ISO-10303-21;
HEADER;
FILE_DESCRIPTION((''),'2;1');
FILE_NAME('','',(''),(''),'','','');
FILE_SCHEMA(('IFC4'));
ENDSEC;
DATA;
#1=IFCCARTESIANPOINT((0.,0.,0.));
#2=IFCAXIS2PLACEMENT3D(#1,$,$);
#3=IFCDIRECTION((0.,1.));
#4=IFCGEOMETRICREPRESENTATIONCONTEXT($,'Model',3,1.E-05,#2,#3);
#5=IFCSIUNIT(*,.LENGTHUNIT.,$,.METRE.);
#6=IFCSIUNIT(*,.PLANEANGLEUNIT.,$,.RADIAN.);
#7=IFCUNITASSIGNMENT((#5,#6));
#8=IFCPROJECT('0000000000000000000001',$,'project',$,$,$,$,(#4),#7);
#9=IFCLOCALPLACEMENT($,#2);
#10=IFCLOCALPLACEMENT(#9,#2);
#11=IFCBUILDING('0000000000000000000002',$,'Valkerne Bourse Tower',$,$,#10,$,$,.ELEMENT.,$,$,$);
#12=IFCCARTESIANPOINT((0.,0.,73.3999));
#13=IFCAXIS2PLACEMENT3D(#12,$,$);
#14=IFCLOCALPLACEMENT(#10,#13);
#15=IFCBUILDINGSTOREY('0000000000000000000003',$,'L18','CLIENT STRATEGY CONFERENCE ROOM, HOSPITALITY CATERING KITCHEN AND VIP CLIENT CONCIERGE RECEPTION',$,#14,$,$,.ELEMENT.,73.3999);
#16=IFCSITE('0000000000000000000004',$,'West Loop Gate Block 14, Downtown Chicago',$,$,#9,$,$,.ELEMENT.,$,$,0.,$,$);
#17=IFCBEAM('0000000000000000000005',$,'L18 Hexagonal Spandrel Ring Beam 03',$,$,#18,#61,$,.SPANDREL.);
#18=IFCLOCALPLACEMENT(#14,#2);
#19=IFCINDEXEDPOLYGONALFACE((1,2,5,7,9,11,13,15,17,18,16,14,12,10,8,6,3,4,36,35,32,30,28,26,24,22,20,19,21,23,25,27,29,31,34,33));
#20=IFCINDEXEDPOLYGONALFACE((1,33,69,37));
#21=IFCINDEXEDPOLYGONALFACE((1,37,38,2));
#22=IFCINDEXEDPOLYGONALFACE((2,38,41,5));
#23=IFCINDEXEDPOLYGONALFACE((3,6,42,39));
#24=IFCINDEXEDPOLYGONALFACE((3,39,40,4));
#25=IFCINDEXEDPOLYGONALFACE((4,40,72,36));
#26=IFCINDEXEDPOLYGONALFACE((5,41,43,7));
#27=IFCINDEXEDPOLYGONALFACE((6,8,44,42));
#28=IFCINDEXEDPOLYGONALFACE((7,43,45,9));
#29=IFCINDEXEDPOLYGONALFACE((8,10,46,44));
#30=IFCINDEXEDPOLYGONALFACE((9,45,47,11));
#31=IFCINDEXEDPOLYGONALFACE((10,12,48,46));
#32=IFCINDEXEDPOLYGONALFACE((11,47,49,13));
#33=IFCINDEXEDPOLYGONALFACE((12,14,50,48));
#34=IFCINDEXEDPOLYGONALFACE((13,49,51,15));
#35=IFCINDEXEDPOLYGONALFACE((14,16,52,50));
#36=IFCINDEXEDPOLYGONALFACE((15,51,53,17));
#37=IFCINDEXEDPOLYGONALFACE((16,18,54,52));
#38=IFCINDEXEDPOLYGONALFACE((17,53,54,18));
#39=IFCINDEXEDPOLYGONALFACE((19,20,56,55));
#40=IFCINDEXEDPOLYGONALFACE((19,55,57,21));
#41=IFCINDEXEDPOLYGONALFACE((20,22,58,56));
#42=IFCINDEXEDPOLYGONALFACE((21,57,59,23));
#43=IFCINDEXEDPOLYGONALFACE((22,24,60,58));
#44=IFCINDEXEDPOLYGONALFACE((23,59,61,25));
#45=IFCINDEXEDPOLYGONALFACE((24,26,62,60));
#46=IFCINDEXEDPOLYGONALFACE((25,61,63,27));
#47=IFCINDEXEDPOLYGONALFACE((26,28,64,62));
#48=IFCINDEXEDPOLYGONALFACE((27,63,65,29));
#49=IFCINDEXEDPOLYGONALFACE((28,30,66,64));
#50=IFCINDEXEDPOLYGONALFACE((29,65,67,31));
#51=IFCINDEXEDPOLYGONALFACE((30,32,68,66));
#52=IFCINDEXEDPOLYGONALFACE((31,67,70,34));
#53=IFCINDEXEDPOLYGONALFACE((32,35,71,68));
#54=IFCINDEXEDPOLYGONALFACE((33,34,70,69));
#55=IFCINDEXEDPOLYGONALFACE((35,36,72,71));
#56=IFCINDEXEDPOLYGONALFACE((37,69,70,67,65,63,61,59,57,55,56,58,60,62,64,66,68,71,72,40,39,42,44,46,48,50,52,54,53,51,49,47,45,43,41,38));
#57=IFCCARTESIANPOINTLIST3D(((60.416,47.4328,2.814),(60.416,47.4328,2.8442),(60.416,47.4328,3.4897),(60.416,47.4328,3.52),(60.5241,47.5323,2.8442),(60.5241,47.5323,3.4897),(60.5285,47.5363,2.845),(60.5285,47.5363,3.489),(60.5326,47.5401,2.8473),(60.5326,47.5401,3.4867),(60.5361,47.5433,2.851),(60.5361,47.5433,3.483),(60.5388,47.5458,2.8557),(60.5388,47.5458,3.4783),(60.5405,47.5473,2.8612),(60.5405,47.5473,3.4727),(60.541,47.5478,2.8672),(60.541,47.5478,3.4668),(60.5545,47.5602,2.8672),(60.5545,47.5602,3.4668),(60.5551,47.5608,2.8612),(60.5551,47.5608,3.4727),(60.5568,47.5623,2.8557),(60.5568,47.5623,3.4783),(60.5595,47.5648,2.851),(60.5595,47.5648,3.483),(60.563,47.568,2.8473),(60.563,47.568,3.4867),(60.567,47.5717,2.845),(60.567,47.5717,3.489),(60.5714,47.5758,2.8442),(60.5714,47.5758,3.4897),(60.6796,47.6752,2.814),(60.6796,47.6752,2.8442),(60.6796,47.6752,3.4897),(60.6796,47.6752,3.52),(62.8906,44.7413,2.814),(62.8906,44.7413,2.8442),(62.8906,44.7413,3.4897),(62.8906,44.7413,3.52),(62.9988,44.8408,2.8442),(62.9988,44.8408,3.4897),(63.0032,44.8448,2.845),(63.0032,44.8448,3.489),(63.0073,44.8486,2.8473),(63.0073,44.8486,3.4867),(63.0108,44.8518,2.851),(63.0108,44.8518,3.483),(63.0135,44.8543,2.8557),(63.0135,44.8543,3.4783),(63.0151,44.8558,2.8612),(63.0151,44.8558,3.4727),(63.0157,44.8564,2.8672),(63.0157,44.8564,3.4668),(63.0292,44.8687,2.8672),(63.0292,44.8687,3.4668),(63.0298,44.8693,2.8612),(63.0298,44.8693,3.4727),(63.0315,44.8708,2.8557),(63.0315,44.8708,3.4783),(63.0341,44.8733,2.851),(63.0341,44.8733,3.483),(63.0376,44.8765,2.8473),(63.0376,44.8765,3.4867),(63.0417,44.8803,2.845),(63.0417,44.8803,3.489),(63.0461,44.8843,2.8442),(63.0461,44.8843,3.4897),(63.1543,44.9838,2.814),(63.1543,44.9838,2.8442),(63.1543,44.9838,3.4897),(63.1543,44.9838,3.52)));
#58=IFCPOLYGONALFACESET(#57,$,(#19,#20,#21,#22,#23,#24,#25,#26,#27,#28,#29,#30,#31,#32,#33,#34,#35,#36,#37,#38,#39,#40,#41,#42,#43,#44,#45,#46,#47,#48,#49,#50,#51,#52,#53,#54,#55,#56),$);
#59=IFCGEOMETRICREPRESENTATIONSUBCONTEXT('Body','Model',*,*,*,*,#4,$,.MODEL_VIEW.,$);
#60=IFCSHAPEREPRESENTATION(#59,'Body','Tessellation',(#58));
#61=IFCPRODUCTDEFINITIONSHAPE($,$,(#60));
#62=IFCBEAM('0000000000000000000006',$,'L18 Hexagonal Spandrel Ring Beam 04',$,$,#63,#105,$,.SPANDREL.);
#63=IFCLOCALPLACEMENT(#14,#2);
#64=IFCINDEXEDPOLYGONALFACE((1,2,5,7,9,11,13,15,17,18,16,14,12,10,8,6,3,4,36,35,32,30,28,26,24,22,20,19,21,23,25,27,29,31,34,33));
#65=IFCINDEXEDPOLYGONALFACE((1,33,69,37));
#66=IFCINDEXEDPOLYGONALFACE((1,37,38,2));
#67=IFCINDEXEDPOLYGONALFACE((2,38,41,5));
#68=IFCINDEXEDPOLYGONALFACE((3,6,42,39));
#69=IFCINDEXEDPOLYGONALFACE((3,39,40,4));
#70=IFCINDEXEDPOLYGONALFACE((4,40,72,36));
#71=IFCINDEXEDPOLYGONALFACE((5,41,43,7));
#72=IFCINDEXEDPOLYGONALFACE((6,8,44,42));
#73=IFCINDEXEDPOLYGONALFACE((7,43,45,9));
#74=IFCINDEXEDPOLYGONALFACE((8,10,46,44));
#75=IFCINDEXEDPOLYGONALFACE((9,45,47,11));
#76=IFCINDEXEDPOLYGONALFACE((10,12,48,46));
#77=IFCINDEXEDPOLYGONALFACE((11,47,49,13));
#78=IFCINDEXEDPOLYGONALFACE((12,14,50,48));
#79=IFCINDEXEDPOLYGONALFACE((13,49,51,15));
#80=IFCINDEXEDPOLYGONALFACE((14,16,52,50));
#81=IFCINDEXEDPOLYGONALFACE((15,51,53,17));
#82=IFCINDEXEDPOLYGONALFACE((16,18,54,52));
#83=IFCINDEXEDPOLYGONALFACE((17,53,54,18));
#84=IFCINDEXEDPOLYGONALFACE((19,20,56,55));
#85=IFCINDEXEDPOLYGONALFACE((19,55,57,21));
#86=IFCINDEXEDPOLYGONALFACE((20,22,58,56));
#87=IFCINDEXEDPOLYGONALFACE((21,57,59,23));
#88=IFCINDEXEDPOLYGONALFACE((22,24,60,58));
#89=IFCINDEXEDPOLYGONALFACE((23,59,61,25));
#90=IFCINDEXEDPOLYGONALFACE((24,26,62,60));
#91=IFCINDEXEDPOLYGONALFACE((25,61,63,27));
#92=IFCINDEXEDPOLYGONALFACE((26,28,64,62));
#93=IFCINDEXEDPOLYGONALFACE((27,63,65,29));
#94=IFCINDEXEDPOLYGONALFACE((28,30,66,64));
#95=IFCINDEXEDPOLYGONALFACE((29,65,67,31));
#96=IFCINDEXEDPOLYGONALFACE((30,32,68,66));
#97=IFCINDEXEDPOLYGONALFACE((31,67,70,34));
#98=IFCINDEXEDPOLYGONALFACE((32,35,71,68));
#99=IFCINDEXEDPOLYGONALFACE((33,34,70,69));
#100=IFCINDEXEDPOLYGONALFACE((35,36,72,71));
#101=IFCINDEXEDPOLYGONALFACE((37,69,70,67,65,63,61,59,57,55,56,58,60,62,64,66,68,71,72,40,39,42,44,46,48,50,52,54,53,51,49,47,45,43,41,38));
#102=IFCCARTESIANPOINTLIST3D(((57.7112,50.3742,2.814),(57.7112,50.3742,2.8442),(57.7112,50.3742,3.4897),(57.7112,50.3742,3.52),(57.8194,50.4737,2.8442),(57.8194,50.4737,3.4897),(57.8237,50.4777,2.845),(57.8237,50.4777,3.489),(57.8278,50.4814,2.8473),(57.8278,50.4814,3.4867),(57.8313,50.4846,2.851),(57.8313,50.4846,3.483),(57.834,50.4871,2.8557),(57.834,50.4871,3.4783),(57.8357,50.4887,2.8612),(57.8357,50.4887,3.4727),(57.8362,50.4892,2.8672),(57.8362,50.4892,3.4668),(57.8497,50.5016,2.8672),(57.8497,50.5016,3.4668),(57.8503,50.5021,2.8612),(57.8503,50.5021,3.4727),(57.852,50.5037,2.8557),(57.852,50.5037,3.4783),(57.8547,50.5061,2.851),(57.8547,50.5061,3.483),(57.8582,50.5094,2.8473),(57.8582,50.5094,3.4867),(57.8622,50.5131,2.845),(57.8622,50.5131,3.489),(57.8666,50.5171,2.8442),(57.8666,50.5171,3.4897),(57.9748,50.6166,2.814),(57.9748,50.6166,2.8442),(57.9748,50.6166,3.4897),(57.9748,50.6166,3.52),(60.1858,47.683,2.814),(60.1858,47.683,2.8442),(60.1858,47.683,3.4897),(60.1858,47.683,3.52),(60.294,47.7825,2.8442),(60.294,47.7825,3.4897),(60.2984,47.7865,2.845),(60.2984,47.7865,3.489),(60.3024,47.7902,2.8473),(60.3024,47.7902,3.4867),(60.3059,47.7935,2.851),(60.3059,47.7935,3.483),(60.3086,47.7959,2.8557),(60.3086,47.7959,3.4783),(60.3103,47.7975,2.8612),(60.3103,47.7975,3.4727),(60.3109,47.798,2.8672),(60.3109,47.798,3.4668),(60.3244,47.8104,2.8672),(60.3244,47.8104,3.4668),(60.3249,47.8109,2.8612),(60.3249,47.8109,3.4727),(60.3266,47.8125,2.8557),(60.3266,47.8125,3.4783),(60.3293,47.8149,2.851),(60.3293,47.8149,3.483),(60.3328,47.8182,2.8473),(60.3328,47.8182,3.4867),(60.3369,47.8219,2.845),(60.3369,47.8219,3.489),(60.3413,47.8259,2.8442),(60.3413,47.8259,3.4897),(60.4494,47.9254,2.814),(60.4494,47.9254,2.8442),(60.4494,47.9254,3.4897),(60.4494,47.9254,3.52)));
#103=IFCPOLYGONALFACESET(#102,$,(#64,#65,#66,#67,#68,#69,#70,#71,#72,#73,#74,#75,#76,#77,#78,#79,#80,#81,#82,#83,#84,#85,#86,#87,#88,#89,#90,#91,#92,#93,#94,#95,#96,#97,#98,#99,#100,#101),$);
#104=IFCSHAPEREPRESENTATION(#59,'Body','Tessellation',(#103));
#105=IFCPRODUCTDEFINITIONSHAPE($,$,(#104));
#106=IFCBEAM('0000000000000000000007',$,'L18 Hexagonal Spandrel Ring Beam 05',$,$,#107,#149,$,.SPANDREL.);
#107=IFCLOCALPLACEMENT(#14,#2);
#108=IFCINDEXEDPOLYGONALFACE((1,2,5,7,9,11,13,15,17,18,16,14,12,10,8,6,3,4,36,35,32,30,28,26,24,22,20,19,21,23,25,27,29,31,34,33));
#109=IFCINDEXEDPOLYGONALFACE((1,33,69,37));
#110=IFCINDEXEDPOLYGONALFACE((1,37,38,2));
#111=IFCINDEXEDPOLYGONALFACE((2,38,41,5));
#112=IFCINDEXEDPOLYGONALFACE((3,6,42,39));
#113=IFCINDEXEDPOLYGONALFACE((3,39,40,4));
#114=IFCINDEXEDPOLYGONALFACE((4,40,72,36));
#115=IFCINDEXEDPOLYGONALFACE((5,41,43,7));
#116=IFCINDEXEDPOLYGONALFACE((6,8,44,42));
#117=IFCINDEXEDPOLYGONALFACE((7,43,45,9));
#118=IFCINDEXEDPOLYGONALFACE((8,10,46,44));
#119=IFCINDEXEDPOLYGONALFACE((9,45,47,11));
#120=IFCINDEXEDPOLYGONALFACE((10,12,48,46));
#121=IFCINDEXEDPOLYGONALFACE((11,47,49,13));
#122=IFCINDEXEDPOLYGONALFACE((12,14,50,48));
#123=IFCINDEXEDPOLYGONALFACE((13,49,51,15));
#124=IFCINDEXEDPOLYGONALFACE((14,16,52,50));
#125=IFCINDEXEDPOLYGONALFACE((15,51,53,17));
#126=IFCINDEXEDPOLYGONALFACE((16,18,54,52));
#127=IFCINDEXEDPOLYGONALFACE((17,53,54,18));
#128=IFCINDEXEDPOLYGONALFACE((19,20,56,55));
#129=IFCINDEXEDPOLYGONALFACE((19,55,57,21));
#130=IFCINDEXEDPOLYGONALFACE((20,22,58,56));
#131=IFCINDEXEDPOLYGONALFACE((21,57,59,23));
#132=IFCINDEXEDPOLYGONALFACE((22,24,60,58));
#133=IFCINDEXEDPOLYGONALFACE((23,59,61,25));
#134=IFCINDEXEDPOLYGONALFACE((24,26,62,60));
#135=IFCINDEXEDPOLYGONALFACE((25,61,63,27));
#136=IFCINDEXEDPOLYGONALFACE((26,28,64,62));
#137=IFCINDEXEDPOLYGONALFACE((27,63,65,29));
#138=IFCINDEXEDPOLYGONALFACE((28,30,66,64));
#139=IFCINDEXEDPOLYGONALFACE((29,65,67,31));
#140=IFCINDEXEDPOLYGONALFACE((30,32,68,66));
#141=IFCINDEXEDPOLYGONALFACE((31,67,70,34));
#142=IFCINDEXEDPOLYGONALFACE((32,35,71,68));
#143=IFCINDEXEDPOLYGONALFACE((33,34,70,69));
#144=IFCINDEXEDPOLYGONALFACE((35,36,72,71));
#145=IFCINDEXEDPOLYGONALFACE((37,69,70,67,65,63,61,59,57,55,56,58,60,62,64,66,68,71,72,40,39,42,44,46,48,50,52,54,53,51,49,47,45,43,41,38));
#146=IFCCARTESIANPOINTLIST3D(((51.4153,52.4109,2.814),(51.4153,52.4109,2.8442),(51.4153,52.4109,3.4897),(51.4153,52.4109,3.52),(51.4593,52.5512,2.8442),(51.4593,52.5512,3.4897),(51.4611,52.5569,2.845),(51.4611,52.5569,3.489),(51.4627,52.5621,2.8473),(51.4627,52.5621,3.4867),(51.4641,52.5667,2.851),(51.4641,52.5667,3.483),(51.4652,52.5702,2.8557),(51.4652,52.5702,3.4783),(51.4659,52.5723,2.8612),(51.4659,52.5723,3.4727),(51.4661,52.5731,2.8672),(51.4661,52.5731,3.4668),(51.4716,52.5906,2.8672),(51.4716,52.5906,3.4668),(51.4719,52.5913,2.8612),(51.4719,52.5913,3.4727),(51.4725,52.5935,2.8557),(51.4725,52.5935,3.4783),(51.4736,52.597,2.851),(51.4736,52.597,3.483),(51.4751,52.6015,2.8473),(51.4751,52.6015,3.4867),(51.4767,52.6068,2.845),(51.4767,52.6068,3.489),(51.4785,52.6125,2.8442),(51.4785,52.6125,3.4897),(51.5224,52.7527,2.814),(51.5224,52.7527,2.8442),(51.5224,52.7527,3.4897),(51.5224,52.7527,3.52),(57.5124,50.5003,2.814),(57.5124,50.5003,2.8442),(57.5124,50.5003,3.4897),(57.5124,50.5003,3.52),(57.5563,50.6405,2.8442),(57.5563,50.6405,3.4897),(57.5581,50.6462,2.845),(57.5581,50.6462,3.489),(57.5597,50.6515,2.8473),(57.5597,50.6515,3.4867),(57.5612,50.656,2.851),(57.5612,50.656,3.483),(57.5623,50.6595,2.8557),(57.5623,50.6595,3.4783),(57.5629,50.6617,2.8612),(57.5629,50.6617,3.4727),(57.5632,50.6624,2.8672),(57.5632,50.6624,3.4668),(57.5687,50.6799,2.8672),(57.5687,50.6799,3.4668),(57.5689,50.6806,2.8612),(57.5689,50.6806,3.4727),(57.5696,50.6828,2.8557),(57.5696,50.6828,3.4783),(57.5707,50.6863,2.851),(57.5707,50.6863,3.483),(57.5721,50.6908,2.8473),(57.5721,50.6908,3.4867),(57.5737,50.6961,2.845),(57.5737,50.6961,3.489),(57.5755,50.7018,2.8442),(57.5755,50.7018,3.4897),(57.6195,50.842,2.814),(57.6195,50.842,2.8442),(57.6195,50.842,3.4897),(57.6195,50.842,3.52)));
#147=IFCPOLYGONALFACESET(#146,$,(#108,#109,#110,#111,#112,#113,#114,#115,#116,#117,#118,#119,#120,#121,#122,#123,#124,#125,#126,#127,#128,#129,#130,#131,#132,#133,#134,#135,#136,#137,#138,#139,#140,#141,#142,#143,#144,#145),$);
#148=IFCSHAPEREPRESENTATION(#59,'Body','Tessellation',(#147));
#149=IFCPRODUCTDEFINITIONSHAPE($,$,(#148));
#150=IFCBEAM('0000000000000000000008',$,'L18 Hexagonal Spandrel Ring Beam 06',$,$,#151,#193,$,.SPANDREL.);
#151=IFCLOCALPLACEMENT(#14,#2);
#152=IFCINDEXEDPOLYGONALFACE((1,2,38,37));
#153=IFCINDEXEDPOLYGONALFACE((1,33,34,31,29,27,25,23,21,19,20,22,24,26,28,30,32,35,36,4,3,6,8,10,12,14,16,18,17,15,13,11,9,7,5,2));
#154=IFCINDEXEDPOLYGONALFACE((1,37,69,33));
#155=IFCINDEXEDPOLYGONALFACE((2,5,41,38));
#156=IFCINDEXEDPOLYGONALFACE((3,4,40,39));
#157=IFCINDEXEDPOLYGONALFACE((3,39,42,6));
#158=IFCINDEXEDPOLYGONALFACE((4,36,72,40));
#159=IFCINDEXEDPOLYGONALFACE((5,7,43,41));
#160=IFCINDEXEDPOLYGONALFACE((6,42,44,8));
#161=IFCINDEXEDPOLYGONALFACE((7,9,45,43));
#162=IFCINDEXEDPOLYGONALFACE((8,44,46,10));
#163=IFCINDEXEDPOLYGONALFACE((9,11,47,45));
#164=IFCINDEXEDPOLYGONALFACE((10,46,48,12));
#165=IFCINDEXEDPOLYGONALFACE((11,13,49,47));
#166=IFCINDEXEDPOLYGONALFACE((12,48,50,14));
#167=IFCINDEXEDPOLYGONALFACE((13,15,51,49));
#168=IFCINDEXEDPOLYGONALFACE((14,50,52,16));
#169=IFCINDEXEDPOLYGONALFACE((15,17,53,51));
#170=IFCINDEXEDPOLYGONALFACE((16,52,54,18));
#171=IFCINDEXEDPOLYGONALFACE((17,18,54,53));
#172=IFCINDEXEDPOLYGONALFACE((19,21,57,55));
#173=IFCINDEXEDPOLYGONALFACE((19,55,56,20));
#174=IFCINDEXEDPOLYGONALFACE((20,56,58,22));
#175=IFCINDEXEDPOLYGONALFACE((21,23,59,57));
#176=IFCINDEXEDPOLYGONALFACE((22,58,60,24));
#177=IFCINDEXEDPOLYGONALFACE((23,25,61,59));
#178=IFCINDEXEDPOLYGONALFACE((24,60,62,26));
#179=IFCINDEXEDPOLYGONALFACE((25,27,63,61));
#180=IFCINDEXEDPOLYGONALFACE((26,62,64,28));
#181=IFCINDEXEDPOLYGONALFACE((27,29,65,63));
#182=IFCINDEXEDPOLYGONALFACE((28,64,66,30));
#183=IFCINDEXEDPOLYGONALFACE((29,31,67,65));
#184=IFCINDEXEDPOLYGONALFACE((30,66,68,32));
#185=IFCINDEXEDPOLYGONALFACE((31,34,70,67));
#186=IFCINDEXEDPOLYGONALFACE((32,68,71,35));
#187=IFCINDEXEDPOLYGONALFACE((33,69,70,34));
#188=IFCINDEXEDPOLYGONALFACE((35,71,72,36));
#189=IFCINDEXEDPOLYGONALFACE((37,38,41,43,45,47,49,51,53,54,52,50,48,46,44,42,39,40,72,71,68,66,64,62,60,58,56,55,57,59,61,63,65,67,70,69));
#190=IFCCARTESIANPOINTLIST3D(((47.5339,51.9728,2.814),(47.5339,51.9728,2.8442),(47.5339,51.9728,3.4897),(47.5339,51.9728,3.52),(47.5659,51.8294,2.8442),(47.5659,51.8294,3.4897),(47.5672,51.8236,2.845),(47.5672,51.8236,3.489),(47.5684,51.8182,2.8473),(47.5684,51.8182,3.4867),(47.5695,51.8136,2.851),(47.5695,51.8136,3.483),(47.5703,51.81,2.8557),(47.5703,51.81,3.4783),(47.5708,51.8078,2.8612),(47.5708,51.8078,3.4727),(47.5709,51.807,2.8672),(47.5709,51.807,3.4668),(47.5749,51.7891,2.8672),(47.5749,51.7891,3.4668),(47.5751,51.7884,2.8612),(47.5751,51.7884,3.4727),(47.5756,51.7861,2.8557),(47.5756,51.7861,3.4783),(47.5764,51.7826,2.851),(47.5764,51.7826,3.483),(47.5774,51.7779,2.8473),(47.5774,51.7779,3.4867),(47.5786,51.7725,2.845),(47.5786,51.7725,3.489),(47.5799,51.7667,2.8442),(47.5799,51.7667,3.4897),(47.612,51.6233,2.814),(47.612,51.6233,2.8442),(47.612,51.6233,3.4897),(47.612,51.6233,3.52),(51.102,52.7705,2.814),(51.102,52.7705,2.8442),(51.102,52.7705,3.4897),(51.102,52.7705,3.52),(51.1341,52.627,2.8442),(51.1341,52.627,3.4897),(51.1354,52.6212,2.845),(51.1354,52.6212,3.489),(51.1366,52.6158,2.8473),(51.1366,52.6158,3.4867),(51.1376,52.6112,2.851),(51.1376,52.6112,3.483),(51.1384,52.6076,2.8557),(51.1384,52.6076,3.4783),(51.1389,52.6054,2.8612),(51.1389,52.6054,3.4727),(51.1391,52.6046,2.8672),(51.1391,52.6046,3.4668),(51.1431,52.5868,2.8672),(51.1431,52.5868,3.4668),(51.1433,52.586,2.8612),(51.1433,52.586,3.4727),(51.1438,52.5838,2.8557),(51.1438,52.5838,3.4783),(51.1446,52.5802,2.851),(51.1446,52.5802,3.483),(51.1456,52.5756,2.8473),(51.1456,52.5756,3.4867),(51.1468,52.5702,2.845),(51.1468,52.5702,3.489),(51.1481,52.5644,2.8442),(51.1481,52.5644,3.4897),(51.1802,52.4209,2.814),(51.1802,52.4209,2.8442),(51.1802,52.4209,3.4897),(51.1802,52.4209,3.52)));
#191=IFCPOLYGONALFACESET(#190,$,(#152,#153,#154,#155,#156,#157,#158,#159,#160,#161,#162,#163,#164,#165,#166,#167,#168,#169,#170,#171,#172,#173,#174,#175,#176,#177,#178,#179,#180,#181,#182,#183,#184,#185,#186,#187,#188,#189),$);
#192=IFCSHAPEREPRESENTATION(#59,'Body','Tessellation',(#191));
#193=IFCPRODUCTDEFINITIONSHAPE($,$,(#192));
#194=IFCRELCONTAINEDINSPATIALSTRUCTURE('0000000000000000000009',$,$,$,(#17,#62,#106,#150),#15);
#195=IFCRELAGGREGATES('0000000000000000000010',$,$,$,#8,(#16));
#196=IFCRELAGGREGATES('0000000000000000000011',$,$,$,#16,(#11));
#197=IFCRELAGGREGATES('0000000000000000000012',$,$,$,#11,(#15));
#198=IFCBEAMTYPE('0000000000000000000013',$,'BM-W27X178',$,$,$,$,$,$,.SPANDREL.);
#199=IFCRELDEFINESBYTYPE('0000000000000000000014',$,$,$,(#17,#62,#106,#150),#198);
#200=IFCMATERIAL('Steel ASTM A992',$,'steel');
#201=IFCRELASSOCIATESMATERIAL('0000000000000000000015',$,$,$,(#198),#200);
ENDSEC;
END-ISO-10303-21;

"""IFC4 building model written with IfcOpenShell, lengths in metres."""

from ifc_helpers import new_model, si_unit, direction, frame, origin, origin_2d, place, context, subcontext, project, spatial, i_section, extrude, material, material_profile, profile_set, type_object, element, save


model = new_model("IFC4")

# Units and contexts
model_context = context("Model", 3, precision=1e-05, world=origin(), true_north=direction((0.0, 1.0)))
body_context = subcontext(model_context, "Body", "Model", "MODEL_VIEW")
ifc_project = project(units=[si_unit("LENGTHUNIT", "METRE"), si_unit("PLANEANGLEUNIT", "RADIAN")], contexts=[model_context])

# Site, building, storey
site_placement = place(None, origin())
site = spatial("IfcSite", under=ifc_project, at=site_placement, Name="West Loop Gate Block 14, Downtown Chicago", CompositionType="ELEMENT", RefElevation=0.0)
building_placement = place(site_placement, origin())
building = spatial("IfcBuilding", under=site, at=building_placement, Name="Valkerne Bourse Tower", CompositionType="ELEMENT")
storey_placement = place(building_placement, frame((0.0, 0.0, 73.3999)))
storey = spatial("IfcBuildingStorey", under=building, at=storey_placement, Name="L18", Description="CLIENT STRATEGY CONFERENCE ROOM, HOSPITALITY CATERING KITCHEN AND VIP CLIENT CONCIERGE RECEPTION", CompositionType="ELEMENT", Elevation=73.3999)

# Beams
ifc_material_1 = material(Name="Steel ASTM A992", Category="steel")
ifc_material_profile_1 = material_profile(ifc_material_1, i_section(OverallWidth=0.3582, OverallDepth=0.7061, WebThickness=0.0183, FlangeThickness=0.0303, FilletRadius=0.0229, at=origin_2d()), Name="W27X178")
ifc_profile_set_1 = profile_set([ifc_material_profile_1], Name="Steel ASTM A992")
beam_type = type_object("IfcBeamType", Name="BM-W27X178", PredefinedType="SPANDREL", material=ifc_profile_set_1)
beam_1_placement = place(storey_placement, frame((63.0225, 44.8625, 3.167), z_axis=(-0.676837, 0.736133, 0.0), x_axis=(-0.736133, -0.676837, 0.0)))
element("IfcBeam", 1, at=beam_1_placement, inside=storey, type_object=beam_type, Name="L18 Hexagonal Spandrel Ring Beam 03", PredefinedType="SPANDREL", context=body_context, shape_type="SweptSolid", body=[
    extrude(i_section(OverallWidth=0.3582, OverallDepth=0.7061, WebThickness=0.0183, FlangeThickness=0.0303, FilletRadius=0.0229, at=origin_2d()), origin(), (0.0, 0.0, 1.0), 3.6562),
])
beam_2_placement = place(storey_placement, frame((60.3176, 47.8042, 3.167), z_axis=(-0.67687, 0.736103, 0.0), x_axis=(-0.736103, -0.67687, 0.0)))
element("IfcBeam", 2, at=beam_2_placement, inside=storey, type_object=beam_type, Name="L18 Hexagonal Spandrel Ring Beam 04", PredefinedType="SPANDREL", context=body_context, shape_type="SweptSolid", body=[
    extrude(i_section(OverallWidth=0.3582, OverallDepth=0.7061, WebThickness=0.0183, FlangeThickness=0.0303, FilletRadius=0.0229, at=origin_2d()), origin(), (0.0, 0.0, 1.0), 3.656),
])
beam_3_placement = place(storey_placement, frame((57.5659, 50.6711, 3.167), z_axis=(-0.954241, 0.299039, 0.0), x_axis=(-0.299039, -0.954241, 0.0)))
element("IfcBeam", 3, at=beam_3_placement, inside=storey, type_object=beam_type, Name="L18 Hexagonal Spandrel Ring Beam 05", PredefinedType="SPANDREL", context=body_context, shape_type="SweptSolid", body=[
    extrude(i_section(OverallWidth=0.3582, OverallDepth=0.7061, WebThickness=0.0183, FlangeThickness=0.0303, FilletRadius=0.0229, at=origin_2d()), origin(), (0.0, 0.0, 1.0), 6.3894),
])
beam_4_placement = place(storey_placement, frame((51.1411, 52.5957, 3.167), z_axis=(-0.975914, -0.218153, 0.0), x_axis=(0.218153, -0.975914, 0.0)))
element("IfcBeam", 4, at=beam_4_placement, inside=storey, type_object=beam_type, Name="L18 Hexagonal Spandrel Ring Beam 06", PredefinedType="SPANDREL", context=body_context, shape_type="SweptSolid", body=[
    extrude(i_section(OverallWidth=0.3582, OverallDepth=0.7061, WebThickness=0.0183, FlangeThickness=0.0303, FilletRadius=0.0229, at=origin_2d()), origin(), (0.0, 0.0, 1.0), 3.6562),
])

save(model, "model.ifc")
